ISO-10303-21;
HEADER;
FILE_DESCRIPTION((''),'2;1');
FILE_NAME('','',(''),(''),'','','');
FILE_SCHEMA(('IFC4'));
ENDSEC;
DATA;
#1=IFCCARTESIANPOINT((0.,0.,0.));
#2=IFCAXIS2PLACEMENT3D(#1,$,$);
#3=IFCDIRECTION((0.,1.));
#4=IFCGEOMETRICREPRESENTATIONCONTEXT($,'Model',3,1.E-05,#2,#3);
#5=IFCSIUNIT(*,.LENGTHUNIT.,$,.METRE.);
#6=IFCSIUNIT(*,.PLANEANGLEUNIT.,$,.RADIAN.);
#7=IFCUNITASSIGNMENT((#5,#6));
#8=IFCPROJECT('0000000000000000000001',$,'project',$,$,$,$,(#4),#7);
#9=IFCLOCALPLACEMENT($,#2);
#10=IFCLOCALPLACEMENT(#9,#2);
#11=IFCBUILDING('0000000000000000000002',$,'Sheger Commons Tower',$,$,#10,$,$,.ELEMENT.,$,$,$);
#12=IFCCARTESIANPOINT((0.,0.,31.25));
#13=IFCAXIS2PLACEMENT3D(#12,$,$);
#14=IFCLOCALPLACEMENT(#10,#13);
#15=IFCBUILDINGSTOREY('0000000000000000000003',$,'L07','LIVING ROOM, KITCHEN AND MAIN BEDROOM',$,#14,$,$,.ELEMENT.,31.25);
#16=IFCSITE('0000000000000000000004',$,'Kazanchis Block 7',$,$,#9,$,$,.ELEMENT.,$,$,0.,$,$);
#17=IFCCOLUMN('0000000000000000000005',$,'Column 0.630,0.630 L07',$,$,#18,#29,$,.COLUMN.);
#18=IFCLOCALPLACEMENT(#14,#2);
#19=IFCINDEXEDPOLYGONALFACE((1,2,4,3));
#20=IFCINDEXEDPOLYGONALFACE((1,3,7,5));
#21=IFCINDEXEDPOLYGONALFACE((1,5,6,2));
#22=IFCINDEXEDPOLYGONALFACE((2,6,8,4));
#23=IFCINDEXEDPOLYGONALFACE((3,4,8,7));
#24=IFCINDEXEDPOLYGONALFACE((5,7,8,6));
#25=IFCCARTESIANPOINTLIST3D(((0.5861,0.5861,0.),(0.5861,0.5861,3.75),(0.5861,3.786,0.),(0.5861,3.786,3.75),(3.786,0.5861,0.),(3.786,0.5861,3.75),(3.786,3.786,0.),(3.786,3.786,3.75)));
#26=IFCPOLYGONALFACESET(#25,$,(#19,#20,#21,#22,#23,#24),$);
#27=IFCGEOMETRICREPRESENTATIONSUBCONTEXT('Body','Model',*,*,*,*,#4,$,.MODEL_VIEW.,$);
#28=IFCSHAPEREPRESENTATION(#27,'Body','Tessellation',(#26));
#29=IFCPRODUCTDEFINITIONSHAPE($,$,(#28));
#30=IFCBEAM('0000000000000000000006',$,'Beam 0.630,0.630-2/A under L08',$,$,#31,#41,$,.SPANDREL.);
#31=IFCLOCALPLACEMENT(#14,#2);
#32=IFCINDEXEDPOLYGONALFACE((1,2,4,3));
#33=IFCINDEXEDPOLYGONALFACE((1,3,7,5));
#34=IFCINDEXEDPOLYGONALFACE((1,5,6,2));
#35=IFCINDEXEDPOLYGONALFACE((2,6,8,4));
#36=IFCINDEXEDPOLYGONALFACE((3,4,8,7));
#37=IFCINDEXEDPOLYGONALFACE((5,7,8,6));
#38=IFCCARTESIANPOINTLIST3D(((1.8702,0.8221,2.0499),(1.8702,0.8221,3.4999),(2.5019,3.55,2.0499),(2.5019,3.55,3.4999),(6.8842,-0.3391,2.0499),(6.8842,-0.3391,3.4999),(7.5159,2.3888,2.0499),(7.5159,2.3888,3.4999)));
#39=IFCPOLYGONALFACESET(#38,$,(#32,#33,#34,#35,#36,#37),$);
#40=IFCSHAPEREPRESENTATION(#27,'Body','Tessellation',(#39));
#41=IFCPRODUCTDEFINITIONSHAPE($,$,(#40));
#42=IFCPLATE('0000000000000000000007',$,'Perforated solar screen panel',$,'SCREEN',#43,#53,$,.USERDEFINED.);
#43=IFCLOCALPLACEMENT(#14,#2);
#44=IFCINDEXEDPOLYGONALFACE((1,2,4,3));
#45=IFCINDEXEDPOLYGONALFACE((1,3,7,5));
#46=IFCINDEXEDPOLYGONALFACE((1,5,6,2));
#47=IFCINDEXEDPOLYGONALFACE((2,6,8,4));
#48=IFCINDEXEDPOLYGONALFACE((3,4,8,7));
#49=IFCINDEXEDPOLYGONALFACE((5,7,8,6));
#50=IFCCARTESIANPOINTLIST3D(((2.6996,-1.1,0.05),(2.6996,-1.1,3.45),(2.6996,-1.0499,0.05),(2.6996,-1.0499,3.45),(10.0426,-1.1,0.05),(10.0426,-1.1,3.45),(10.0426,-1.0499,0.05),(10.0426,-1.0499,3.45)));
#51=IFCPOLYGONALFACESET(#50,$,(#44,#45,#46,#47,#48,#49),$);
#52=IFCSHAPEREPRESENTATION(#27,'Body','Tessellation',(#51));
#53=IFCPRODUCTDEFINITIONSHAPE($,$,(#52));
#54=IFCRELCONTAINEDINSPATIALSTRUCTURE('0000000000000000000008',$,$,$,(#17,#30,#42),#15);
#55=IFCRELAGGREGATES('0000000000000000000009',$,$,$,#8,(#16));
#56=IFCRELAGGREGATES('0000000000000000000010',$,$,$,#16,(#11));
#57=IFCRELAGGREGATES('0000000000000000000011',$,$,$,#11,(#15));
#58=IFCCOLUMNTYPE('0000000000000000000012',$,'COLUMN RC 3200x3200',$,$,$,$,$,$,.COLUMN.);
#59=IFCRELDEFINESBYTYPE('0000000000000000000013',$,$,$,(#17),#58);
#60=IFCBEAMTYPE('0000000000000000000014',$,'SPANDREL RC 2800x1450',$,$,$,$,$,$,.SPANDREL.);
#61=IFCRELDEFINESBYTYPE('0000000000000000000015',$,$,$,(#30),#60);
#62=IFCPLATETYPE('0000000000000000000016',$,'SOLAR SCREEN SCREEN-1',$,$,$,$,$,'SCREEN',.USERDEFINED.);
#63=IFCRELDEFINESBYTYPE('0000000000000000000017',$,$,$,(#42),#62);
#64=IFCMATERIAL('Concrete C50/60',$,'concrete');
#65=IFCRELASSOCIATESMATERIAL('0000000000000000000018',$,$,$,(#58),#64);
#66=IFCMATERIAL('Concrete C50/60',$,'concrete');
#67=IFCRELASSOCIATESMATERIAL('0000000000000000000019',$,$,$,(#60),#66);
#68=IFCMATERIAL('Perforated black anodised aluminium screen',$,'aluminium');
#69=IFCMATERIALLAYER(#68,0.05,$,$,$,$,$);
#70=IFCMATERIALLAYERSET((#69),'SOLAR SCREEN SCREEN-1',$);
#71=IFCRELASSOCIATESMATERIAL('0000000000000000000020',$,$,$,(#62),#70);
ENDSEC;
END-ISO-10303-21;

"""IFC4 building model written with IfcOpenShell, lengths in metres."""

from ifc_helpers import new_model, si_unit, direction, frame, origin, origin_2d, place, context, subcontext, project, spatial, rectangle, extrude, material, layer, layer_set, material_profile, profile_set, type_object, element, save


model = new_model("IFC4")

# Units and contexts
model_context = context("Model", 3, precision=1e-05, world=origin(), true_north=direction((0.0, 1.0)))
body_context = subcontext(model_context, "Body", "Model", "MODEL_VIEW")
ifc_project = project(units=[si_unit("LENGTHUNIT", "METRE"), si_unit("PLANEANGLEUNIT", "RADIAN")], contexts=[model_context])

# Site, building, storey
site_placement = place(None, origin())
site = spatial("IfcSite", under=ifc_project, at=site_placement, Name="Kazanchis Block 7", CompositionType="ELEMENT", RefElevation=0.0)
building_placement = place(site_placement, origin())
building = spatial("IfcBuilding", under=site, at=building_placement, Name="Sheger Commons Tower", CompositionType="ELEMENT")
storey_placement = place(building_placement, frame((0.0, 0.0, 31.25)))
storey = spatial("IfcBuildingStorey", under=building, at=storey_placement, Name="L07", Description="LIVING ROOM, KITCHEN AND MAIN BEDROOM", CompositionType="ELEMENT", Elevation=31.25)

# Column
ifc_material_1 = material(Name="Concrete C50/60", Category="concrete")
ifc_material_profile_1 = material_profile(ifc_material_1, rectangle(XDim=3.2, YDim=3.2, at=origin_2d()), Name="RC 3200x3200")
ifc_profile_set_1 = profile_set([ifc_material_profile_1], Name="Concrete C50/60")
column_type = type_object("IfcColumnType", Name="COLUMN RC 3200x3200", PredefinedType="COLUMN", material=ifc_profile_set_1)
column_placement = place(storey_placement, frame((2.186, 2.186, 0.0), z_axis=(0.0, 0.0, 1.0), x_axis=(1.0, 0.0, 0.0)))
element("IfcColumn", 1, at=column_placement, inside=storey, type_object=column_type, Name="Column 0.630,0.630 L07", PredefinedType="COLUMN", context=body_context, shape_type="SweptSolid", body=[
    extrude(rectangle(XDim=3.2, YDim=3.2, at=origin_2d()), origin(), (0.0, 0.0, 1.0), 3.75),
])

# Beam
ifc_material_2 = material(Name="Concrete C50/60", Category="concrete")
ifc_material_profile_2 = material_profile(ifc_material_2, rectangle(XDim=2.8, YDim=1.45, at=origin_2d()), Name="RC 2800x1450")
ifc_profile_set_2 = profile_set([ifc_material_profile_2], Name="Concrete C50/60")
beam_type = type_object("IfcBeamType", Name="SPANDREL RC 2800x1450", PredefinedType="SPANDREL", material=ifc_profile_set_2)
beam_placement = place(storey_placement, frame((2.186, 2.186, 2.7749), z_axis=(0.974217, -0.225611, 0.0), x_axis=(0.225611, 0.974217, 0.0)))
element("IfcBeam", 2, at=beam_placement, inside=storey, type_object=beam_type, Name="Beam 0.630,0.630-2/A under L08", PredefinedType="SPANDREL", context=body_context, shape_type="SweptSolid", body=[
    extrude(rectangle(XDim=2.8, YDim=1.45, at=origin_2d()), origin(), (0.0, 0.0, 1.0), 5.1467),
])

# Plate
ifc_material_3 = material(Name="Perforated black anodised aluminium screen", Category="aluminium")
ifc_layer_1 = layer(ifc_material_3, 0.05)
ifc_layer_set_1 = layer_set([ifc_layer_1], Name="SOLAR SCREEN SCREEN-1")
plate_type = type_object("IfcPlateType", Name="SOLAR SCREEN SCREEN-1", ElementType="SCREEN", PredefinedType="USERDEFINED", material=ifc_layer_set_1)
plate_placement = place(storey_placement, frame((6.3711, -1.075, 0.05), z_axis=(0.0, 0.0, 1.0), x_axis=(1.0, 0.0, 0.0)))
element("IfcPlate", 3, at=plate_placement, inside=storey, type_object=plate_type, Name="Perforated solar screen panel", ObjectType="SCREEN", PredefinedType="USERDEFINED", context=body_context, shape_type="SweptSolid", body=[
    extrude(rectangle(XDim=7.343, YDim=0.05, at=origin_2d()), origin(), (0.0, 0.0, 1.0), 3.3999),
])

save(model, "model.ifc")
